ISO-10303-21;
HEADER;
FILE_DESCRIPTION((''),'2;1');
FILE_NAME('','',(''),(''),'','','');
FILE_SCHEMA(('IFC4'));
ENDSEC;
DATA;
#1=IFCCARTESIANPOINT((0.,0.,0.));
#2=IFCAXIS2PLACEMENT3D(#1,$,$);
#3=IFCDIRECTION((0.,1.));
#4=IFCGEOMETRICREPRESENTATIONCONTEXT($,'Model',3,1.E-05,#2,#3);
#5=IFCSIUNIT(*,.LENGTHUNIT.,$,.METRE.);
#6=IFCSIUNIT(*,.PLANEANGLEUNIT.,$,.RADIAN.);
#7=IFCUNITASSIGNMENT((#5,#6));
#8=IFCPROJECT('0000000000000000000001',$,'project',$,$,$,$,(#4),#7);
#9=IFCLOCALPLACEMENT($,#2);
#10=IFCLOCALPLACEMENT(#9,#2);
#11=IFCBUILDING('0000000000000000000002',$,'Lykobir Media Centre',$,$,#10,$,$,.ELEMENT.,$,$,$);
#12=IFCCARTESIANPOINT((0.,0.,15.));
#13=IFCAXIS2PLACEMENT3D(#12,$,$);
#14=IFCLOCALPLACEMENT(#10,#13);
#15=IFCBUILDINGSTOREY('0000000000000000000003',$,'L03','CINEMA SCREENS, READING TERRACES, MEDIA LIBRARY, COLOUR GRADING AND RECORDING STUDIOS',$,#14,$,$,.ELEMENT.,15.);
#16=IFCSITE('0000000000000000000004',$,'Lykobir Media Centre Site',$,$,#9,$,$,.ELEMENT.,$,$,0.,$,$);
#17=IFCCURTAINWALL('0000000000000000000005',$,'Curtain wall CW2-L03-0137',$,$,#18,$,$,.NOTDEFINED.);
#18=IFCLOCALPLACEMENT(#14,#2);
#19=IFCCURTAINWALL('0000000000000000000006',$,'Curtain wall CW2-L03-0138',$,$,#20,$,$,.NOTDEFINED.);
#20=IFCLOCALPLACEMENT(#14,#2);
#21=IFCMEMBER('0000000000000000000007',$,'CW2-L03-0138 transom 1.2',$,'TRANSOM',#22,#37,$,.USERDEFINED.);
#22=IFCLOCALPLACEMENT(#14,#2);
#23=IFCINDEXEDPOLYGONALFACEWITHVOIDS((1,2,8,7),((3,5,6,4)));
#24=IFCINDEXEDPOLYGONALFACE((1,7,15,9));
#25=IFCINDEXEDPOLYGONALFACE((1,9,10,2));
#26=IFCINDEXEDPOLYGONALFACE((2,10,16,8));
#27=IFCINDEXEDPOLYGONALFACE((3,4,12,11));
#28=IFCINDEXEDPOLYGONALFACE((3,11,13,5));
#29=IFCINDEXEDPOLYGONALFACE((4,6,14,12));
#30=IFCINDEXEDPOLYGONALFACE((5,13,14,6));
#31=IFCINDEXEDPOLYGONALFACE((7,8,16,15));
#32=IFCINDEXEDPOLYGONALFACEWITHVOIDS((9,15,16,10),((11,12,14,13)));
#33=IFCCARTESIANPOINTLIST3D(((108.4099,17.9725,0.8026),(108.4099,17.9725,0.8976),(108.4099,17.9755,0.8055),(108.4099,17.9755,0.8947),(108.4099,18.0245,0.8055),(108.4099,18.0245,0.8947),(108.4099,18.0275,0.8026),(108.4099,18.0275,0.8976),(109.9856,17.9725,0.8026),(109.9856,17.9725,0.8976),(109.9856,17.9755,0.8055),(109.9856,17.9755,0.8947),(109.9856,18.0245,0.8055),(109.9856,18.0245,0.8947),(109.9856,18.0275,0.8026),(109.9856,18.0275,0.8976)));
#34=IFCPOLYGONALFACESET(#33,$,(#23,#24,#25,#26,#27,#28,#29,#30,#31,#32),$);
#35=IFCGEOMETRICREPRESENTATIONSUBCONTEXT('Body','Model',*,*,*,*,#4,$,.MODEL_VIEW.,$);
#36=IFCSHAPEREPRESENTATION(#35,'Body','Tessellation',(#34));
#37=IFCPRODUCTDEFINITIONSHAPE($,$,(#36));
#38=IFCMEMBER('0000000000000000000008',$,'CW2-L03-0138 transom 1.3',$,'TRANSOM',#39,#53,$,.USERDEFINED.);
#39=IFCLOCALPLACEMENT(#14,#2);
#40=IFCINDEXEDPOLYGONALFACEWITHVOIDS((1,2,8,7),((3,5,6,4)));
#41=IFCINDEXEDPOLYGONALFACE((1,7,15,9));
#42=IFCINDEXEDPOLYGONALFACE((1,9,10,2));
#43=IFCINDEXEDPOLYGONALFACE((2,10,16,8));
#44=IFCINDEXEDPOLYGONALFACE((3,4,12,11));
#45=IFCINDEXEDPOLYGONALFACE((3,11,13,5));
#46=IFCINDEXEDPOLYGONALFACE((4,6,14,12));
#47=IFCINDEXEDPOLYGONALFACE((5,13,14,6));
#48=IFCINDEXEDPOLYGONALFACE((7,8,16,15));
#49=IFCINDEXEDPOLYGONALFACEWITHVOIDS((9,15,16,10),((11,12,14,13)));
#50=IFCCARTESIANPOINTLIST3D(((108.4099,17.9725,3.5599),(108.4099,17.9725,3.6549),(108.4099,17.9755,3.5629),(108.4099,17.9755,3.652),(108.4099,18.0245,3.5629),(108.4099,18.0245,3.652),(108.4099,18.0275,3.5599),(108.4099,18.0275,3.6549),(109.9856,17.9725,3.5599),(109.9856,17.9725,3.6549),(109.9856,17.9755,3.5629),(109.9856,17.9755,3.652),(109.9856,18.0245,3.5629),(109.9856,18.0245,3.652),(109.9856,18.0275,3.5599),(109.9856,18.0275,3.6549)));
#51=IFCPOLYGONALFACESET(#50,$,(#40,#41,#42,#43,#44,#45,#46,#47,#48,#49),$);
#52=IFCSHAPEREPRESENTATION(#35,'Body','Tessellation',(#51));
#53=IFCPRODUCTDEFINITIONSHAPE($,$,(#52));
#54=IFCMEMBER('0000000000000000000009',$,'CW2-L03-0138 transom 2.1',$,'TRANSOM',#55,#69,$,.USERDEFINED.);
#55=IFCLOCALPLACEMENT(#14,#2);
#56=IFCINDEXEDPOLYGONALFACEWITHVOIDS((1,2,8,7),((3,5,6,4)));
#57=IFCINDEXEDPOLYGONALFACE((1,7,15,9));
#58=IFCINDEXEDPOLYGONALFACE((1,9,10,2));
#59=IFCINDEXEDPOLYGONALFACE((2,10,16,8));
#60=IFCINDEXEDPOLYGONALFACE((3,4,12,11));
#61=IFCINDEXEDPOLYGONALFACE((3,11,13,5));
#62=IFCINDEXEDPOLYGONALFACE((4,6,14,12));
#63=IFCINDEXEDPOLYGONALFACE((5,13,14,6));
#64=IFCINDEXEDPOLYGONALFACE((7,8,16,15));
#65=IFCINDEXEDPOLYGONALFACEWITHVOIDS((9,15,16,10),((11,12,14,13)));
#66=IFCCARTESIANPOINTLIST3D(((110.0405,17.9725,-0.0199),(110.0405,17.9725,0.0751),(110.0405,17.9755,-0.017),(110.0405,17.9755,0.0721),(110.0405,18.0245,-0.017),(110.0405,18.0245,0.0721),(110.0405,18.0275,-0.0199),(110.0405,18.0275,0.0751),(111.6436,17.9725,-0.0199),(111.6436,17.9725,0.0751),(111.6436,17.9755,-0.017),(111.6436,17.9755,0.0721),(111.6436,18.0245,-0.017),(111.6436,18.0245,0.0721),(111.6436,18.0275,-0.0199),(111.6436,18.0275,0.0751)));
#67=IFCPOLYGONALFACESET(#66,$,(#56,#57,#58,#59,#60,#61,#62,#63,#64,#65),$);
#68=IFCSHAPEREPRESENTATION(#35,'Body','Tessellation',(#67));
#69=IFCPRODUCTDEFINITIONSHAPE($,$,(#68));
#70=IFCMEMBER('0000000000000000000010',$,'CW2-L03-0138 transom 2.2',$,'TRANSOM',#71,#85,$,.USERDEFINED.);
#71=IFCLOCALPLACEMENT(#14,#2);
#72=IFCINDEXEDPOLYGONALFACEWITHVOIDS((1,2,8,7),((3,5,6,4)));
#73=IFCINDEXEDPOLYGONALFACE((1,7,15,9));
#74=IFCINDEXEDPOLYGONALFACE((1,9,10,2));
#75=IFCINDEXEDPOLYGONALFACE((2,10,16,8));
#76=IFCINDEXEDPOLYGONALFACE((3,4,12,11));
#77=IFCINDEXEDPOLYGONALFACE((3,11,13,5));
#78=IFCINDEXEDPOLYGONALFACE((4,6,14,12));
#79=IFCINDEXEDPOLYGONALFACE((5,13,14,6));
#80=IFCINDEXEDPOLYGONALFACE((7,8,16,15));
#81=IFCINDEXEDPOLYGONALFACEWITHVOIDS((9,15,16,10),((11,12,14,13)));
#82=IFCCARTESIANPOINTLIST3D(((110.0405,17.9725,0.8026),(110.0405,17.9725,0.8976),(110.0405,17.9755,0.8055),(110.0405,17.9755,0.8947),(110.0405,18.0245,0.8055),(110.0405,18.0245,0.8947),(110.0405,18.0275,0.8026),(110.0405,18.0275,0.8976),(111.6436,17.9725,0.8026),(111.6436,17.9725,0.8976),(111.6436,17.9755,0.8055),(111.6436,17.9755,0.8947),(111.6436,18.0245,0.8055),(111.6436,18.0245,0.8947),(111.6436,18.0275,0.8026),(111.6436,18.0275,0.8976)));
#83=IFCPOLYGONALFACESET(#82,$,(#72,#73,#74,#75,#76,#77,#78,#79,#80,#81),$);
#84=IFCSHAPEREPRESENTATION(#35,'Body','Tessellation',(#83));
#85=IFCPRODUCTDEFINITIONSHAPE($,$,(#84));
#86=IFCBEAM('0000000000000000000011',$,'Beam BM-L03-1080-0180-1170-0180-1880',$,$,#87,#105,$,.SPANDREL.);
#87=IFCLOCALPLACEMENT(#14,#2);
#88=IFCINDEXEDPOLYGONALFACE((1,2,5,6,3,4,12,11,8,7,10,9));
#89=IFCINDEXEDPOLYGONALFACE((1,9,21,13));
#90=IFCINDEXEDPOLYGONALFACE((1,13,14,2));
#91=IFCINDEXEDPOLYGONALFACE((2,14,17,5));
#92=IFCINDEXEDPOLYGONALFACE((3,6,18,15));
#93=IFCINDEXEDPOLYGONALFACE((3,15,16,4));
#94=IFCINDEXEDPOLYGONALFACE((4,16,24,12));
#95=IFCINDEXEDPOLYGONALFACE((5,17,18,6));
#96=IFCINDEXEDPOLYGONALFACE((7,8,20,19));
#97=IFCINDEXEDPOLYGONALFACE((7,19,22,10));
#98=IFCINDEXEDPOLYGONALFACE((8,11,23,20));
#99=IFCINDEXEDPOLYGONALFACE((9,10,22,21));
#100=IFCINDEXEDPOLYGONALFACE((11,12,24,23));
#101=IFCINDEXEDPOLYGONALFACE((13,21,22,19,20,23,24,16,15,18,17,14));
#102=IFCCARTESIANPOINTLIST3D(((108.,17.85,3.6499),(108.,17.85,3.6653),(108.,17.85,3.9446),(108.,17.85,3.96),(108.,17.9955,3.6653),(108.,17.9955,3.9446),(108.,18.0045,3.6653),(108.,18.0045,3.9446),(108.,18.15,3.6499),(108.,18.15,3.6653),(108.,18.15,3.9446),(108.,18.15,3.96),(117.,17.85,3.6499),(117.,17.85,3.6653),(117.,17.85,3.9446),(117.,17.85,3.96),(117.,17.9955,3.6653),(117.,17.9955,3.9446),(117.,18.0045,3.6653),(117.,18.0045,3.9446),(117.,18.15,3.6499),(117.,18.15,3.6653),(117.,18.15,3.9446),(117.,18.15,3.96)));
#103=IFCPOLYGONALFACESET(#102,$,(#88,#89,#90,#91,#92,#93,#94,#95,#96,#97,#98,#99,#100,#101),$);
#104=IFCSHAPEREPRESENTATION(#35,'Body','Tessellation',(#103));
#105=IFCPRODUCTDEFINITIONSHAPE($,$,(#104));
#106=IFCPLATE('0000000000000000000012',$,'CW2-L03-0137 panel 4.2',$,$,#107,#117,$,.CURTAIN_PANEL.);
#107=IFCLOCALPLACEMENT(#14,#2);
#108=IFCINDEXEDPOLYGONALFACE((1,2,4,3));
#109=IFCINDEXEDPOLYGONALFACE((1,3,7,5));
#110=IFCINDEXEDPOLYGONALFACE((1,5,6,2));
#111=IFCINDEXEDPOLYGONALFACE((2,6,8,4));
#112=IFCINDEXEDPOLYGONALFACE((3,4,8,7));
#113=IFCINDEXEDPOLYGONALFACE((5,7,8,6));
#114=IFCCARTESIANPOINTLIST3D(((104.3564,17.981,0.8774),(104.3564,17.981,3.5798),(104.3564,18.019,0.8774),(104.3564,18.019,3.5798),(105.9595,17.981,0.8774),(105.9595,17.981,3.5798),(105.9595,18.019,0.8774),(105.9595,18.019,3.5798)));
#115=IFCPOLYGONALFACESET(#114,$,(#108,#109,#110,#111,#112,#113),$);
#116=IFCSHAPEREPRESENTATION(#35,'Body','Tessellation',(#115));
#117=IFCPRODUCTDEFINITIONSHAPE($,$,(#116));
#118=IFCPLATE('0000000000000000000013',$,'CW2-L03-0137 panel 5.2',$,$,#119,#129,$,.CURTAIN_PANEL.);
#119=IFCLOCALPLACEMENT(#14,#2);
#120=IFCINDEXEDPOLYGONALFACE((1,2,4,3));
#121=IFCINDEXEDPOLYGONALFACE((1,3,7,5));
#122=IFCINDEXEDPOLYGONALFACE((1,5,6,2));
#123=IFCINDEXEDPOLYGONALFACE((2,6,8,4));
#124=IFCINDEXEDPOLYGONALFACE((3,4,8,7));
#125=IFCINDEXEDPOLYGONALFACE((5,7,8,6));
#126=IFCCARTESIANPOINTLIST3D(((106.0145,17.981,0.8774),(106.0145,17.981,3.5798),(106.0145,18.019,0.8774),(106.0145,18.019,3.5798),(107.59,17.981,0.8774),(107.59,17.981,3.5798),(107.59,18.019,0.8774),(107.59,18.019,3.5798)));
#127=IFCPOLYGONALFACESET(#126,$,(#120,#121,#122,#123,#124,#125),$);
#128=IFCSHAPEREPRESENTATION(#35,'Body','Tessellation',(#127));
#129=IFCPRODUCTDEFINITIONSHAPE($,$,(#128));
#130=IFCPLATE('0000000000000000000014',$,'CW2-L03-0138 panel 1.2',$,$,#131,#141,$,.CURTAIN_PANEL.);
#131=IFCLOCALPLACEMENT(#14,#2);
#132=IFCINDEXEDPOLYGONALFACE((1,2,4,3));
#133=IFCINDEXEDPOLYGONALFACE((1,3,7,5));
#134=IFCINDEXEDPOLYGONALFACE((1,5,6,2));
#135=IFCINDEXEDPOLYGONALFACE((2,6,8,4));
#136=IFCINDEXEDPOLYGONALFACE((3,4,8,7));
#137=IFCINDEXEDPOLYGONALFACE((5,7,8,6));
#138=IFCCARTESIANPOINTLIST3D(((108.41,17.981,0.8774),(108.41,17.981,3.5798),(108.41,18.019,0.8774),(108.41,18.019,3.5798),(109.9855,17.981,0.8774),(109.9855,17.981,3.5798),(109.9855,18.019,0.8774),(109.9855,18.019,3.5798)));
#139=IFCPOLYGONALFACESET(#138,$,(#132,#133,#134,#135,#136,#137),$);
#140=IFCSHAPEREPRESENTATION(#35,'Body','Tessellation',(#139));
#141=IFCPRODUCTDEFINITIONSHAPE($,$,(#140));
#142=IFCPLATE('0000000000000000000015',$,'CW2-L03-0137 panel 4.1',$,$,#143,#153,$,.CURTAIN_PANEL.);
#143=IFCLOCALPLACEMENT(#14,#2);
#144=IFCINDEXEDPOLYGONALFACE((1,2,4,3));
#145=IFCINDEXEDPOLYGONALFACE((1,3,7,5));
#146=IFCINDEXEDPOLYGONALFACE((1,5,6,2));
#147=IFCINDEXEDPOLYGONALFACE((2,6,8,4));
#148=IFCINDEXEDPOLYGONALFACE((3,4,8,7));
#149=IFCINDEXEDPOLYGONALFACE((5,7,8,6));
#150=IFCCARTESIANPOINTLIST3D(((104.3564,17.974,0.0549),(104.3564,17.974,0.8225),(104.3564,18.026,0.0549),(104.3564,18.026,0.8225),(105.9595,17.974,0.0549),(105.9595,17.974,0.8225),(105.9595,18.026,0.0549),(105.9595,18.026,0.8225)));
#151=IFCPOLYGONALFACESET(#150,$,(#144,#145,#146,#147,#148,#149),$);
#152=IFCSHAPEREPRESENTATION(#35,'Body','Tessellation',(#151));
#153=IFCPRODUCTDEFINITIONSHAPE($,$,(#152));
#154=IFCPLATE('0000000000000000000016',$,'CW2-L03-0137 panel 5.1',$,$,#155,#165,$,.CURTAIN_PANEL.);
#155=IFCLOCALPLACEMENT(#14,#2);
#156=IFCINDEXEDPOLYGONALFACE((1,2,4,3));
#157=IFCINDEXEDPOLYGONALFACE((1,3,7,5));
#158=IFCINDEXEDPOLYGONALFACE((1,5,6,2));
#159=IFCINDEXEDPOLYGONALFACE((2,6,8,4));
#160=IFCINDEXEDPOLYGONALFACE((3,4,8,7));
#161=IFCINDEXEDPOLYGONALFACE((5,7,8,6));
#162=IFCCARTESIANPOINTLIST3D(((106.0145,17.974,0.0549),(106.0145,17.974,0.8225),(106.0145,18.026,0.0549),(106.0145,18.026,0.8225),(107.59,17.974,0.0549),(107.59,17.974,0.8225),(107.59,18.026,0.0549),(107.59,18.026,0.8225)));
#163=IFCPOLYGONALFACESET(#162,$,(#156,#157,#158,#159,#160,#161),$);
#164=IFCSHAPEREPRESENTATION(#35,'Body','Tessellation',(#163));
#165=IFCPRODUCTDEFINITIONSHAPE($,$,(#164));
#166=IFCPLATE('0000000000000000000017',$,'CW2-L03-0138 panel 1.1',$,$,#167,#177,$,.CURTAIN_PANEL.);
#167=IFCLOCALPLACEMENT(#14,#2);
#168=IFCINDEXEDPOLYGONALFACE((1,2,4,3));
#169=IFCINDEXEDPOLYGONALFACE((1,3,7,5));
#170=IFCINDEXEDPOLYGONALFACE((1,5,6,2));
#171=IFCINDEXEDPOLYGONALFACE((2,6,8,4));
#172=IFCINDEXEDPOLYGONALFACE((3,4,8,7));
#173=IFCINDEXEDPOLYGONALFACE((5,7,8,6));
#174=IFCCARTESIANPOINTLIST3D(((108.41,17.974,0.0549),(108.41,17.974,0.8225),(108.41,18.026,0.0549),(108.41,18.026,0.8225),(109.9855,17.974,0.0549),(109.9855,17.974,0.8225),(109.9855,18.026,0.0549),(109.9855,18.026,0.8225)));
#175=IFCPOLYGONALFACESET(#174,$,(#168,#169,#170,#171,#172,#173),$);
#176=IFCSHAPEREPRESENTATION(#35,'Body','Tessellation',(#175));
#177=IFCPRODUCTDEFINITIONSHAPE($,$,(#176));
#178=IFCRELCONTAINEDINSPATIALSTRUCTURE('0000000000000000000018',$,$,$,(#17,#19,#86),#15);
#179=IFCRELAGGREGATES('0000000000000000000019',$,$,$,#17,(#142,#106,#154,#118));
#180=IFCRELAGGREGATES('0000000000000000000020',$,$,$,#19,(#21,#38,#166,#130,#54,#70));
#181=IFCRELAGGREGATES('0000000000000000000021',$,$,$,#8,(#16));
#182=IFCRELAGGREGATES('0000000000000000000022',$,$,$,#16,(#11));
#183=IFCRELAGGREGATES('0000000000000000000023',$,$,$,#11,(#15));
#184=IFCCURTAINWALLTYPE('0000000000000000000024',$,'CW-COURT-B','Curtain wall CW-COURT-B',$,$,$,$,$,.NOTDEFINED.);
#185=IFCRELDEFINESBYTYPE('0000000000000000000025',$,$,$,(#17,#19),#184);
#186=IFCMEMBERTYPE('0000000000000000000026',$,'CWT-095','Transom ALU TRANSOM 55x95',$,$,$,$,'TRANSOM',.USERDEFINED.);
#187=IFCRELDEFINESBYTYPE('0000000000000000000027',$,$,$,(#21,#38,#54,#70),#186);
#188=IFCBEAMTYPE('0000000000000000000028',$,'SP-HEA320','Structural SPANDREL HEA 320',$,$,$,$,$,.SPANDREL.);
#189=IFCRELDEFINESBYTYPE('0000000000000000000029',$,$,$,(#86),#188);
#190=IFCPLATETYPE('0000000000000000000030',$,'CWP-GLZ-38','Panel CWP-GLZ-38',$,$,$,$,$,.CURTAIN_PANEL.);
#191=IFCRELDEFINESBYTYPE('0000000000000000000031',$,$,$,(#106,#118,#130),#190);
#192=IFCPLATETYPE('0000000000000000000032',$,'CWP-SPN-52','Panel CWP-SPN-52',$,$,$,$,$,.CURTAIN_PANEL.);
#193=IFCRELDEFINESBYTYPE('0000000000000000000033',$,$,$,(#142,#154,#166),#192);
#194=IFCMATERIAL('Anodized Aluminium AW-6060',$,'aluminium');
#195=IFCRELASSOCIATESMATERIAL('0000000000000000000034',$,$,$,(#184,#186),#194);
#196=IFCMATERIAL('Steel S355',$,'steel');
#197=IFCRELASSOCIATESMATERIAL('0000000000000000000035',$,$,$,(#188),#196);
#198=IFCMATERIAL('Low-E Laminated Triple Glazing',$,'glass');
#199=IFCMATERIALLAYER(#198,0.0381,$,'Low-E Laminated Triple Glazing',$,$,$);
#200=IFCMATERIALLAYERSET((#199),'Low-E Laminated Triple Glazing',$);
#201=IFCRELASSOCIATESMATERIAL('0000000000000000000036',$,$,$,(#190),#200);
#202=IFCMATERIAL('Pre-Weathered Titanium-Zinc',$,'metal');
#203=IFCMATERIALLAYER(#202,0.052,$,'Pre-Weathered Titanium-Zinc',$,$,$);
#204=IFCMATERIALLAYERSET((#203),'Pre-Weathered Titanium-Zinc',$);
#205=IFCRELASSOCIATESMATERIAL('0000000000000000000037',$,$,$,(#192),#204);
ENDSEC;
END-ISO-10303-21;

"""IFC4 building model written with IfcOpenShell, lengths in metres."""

from ifc_helpers import new_model, si_unit, direction, frame, origin, origin_2d, place, context, subcontext, project, spatial, rectangle, hollow_rectangle, i_section, extrude, material, layer, layer_set, material_profile, profile_set, type_object, element, aggregate, save


model = new_model("IFC4")

# Units and contexts
model_context = context("Model", 3, precision=1e-05, world=origin(), true_north=direction((0.0, 1.0)))
body_context = subcontext(model_context, "Body", "Model", "MODEL_VIEW")
ifc_project = project(units=[si_unit("LENGTHUNIT", "METRE"), si_unit("PLANEANGLEUNIT", "RADIAN")], contexts=[model_context])

# Site, building, storey
site_placement = place(None, origin())
site = spatial("IfcSite", under=ifc_project, at=site_placement, Name="Lykobir Media Centre Site", CompositionType="ELEMENT", RefElevation=0.0)
building_placement = place(site_placement, origin())
building = spatial("IfcBuilding", under=site, at=building_placement, Name="Lykobir Media Centre", CompositionType="ELEMENT")
storey_placement = place(building_placement, frame((0.0, 0.0, 15.0)))
storey = spatial("IfcBuildingStorey", under=building, at=storey_placement, Name="L03", Description="CINEMA SCREENS, READING TERRACES, MEDIA LIBRARY, COLOUR GRADING AND RECORDING STUDIOS", CompositionType="ELEMENT", Elevation=15.0)

# Curtain walls
ifc_material_1 = material(Name="Anodized Aluminium AW-6060", Category="aluminium")
curtain_wall_type = type_object("IfcCurtainWallType", Name="CW-COURT-B", Description="Curtain wall CW-COURT-B", PredefinedType="NOTDEFINED", material=ifc_material_1)
curtain_wall_1_placement = place(storey_placement, origin())
curtain_wall_1 = element("IfcCurtainWall", 1, at=curtain_wall_1_placement, inside=storey, type_object=curtain_wall_type, Name="Curtain wall CW2-L03-0137", PredefinedType="NOTDEFINED")
curtain_wall_2_placement = place(storey_placement, origin())
curtain_wall_2 = element("IfcCurtainWall", 2, at=curtain_wall_2_placement, inside=storey, type_object=curtain_wall_type, Name="Curtain wall CW2-L03-0138", PredefinedType="NOTDEFINED")

# Members
ifc_material_profile_1 = material_profile(ifc_material_1, hollow_rectangle(XDim=0.0549, YDim=0.095, WallThickness=0.0029, at=origin_2d()), Name="ALU TRANSOM 55x95")
ifc_profile_set_1 = profile_set([ifc_material_profile_1], Name="Anodized Aluminium AW-6060")
member_type_1 = type_object("IfcMemberType", Name="CWT-095", Description="Transom ALU TRANSOM 55x95", ElementType="TRANSOM", PredefinedType="USERDEFINED", material=ifc_profile_set_1)
member_1_placement = place(storey_placement, frame((108.4099, 18.0, 0.8501), z_axis=(1.0, 0.0, 0.0), x_axis=(0.0, 1.0, 0.0)))
member_1 = element("IfcMember", 3, at=member_1_placement, type_object=member_type_1, Name="CW2-L03-0138 transom 1.2", ObjectType="TRANSOM", PredefinedType="USERDEFINED", context=body_context, shape_type="SweptSolid", body=[
    extrude(hollow_rectangle(XDim=0.0549, YDim=0.095, WallThickness=0.0029, at=origin_2d()), origin(), (0.0, 0.0, 1.0), 1.5757),
])
member_2_placement = place(storey_placement, frame((108.4099, 18.0, 3.6074), z_axis=(1.0, 0.0, 0.0), x_axis=(0.0, 1.0, 0.0)))
member_2 = element("IfcMember", 4, at=member_2_placement, type_object=member_type_1, Name="CW2-L03-0138 transom 1.3", ObjectType="TRANSOM", PredefinedType="USERDEFINED", context=body_context, shape_type="SweptSolid", body=[
    extrude(hollow_rectangle(XDim=0.0549, YDim=0.095, WallThickness=0.0029, at=origin_2d()), origin(), (0.0, 0.0, 1.0), 1.5757),
])
member_3_placement = place(storey_placement, frame((110.0405, 18.0, 0.0276), z_axis=(1.0, 0.0, 0.0), x_axis=(0.0, 1.0, 0.0)))
member_3 = element("IfcMember", 5, at=member_3_placement, type_object=member_type_1, Name="CW2-L03-0138 transom 2.1", ObjectType="TRANSOM", PredefinedType="USERDEFINED", context=body_context, shape_type="SweptSolid", body=[
    extrude(hollow_rectangle(XDim=0.0549, YDim=0.095, WallThickness=0.0029, at=origin_2d()), origin(), (0.0, 0.0, 1.0), 1.603),
])
member_4_placement = place(storey_placement, frame((110.0405, 18.0, 0.8501), z_axis=(1.0, 0.0, 0.0), x_axis=(0.0, 1.0, 0.0)))
member_4 = element("IfcMember", 6, at=member_4_placement, type_object=member_type_1, Name="CW2-L03-0138 transom 2.2", ObjectType="TRANSOM", PredefinedType="USERDEFINED", context=body_context, shape_type="SweptSolid", body=[
    extrude(hollow_rectangle(XDim=0.0549, YDim=0.095, WallThickness=0.0029, at=origin_2d()), origin(), (0.0, 0.0, 1.0), 1.603),
])

# Beam
ifc_material_2 = material(Name="Steel S355", Category="steel")
ifc_material_profile_2 = material_profile(ifc_material_2, i_section(OverallWidth=0.3, OverallDepth=0.3101, WebThickness=0.009, FlangeThickness=0.0154, at=origin_2d()), Name="HEA 320")
ifc_profile_set_2 = profile_set([ifc_material_profile_2], Name="Steel S355")
beam_type = type_object("IfcBeamType", Name="SP-HEA320", Description="Structural SPANDREL HEA 320", PredefinedType="SPANDREL", material=ifc_profile_set_2)
beam_placement = place(storey_placement, frame((108.0, 18.0, 3.8049), z_axis=(1.0, 0.0, 0.0), x_axis=(0.0, 1.0, 0.0)))
element("IfcBeam", 7, at=beam_placement, inside=storey, type_object=beam_type, Name="Beam BM-L03-1080-0180-1170-0180-1880", PredefinedType="SPANDREL", context=body_context, shape_type="SweptSolid", body=[
    extrude(i_section(OverallWidth=0.3, OverallDepth=0.3101, WebThickness=0.009, FlangeThickness=0.0154, at=origin_2d()), origin(), (0.0, 0.0, 1.0), 9.0),
])

# Plates
ifc_material_3 = material(Name="Low-E Laminated Triple Glazing", Category="glass")
ifc_layer_1 = layer(ifc_material_3, 0.0381, Name="Low-E Laminated Triple Glazing")
ifc_layer_set_1 = layer_set([ifc_layer_1], Name="Low-E Laminated Triple Glazing")
plate_type_1 = type_object("IfcPlateType", Name="CWP-GLZ-38", Description="Panel CWP-GLZ-38", PredefinedType="CURTAIN_PANEL", material=ifc_layer_set_1)
plate_1_placement = place(storey_placement, frame((105.158, 18.0, 0.8774), z_axis=(0.0, 0.0, 1.0), x_axis=(1.0, 0.0, 0.0)))
plate_1 = element("IfcPlate", 8, at=plate_1_placement, type_object=plate_type_1, Name="CW2-L03-0137 panel 4.2", PredefinedType="CURTAIN_PANEL", context=body_context, shape_type="SweptSolid", body=[
    extrude(rectangle(XDim=1.603, YDim=0.0381, at=origin_2d()), origin(), (0.0, 0.0, 1.0), 2.7024),
])
plate_2_placement = place(storey_placement, frame((106.8022, 18.0, 0.8774), z_axis=(0.0, 0.0, 1.0), x_axis=(1.0, 0.0, 0.0)))
plate_2 = element("IfcPlate", 9, at=plate_2_placement, type_object=plate_type_1, Name="CW2-L03-0137 panel 5.2", PredefinedType="CURTAIN_PANEL", context=body_context, shape_type="SweptSolid", body=[
    extrude(rectangle(XDim=1.5754, YDim=0.0381, at=origin_2d()), origin(), (0.0, 0.0, 1.0), 2.7024),
])
plate_3_placement = place(storey_placement, frame((109.1978, 18.0, 0.8774), z_axis=(0.0, 0.0, 1.0), x_axis=(1.0, 0.0, 0.0)))
plate_3 = element("IfcPlate", 10, at=plate_3_placement, type_object=plate_type_1, Name="CW2-L03-0138 panel 1.2", PredefinedType="CURTAIN_PANEL", context=body_context, shape_type="SweptSolid", body=[
    extrude(rectangle(XDim=1.5754, YDim=0.0381, at=origin_2d()), origin(), (0.0, 0.0, 1.0), 2.7024),
])
ifc_material_4 = material(Name="Pre-Weathered Titanium-Zinc", Category="metal")
ifc_layer_2 = layer(ifc_material_4, 0.052, Name="Pre-Weathered Titanium-Zinc")
ifc_layer_set_2 = layer_set([ifc_layer_2], Name="Pre-Weathered Titanium-Zinc")
plate_type_2 = type_object("IfcPlateType", Name="CWP-SPN-52", Description="Panel CWP-SPN-52", PredefinedType="CURTAIN_PANEL", material=ifc_layer_set_2)
plate_4_placement = place(storey_placement, frame((105.158, 18.0, 0.0549), z_axis=(0.0, 0.0, 1.0), x_axis=(1.0, 0.0, 0.0)))
plate_4 = element("IfcPlate", 11, at=plate_4_placement, type_object=plate_type_2, Name="CW2-L03-0137 panel 4.1", PredefinedType="CURTAIN_PANEL", context=body_context, shape_type="SweptSolid", body=[
    extrude(rectangle(XDim=1.603, YDim=0.052, at=origin_2d()), origin(), (0.0, 0.0, 1.0), 0.7676),
])
plate_5_placement = place(storey_placement, frame((106.8022, 18.0, 0.0549), z_axis=(0.0, 0.0, 1.0), x_axis=(1.0, 0.0, 0.0)))
plate_5 = element("IfcPlate", 12, at=plate_5_placement, type_object=plate_type_2, Name="CW2-L03-0137 panel 5.1", PredefinedType="CURTAIN_PANEL", context=body_context, shape_type="SweptSolid", body=[
    extrude(rectangle(XDim=1.5754, YDim=0.052, at=origin_2d()), origin(), (0.0, 0.0, 1.0), 0.7676),
])
aggregate(curtain_wall_1, [plate_4, plate_1, plate_5, plate_2])
plate_6_placement = place(storey_placement, frame((109.1978, 18.0, 0.0549), z_axis=(0.0, 0.0, 1.0), x_axis=(1.0, 0.0, 0.0)))
plate_6 = element("IfcPlate", 13, at=plate_6_placement, type_object=plate_type_2, Name="CW2-L03-0138 panel 1.1", PredefinedType="CURTAIN_PANEL", context=body_context, shape_type="SweptSolid", body=[
    extrude(rectangle(XDim=1.5754, YDim=0.052, at=origin_2d()), origin(), (0.0, 0.0, 1.0), 0.7676),
])
aggregate(curtain_wall_2, [member_1, member_2, plate_6, plate_3, member_3, member_4])

save(model, "model.ifc")
